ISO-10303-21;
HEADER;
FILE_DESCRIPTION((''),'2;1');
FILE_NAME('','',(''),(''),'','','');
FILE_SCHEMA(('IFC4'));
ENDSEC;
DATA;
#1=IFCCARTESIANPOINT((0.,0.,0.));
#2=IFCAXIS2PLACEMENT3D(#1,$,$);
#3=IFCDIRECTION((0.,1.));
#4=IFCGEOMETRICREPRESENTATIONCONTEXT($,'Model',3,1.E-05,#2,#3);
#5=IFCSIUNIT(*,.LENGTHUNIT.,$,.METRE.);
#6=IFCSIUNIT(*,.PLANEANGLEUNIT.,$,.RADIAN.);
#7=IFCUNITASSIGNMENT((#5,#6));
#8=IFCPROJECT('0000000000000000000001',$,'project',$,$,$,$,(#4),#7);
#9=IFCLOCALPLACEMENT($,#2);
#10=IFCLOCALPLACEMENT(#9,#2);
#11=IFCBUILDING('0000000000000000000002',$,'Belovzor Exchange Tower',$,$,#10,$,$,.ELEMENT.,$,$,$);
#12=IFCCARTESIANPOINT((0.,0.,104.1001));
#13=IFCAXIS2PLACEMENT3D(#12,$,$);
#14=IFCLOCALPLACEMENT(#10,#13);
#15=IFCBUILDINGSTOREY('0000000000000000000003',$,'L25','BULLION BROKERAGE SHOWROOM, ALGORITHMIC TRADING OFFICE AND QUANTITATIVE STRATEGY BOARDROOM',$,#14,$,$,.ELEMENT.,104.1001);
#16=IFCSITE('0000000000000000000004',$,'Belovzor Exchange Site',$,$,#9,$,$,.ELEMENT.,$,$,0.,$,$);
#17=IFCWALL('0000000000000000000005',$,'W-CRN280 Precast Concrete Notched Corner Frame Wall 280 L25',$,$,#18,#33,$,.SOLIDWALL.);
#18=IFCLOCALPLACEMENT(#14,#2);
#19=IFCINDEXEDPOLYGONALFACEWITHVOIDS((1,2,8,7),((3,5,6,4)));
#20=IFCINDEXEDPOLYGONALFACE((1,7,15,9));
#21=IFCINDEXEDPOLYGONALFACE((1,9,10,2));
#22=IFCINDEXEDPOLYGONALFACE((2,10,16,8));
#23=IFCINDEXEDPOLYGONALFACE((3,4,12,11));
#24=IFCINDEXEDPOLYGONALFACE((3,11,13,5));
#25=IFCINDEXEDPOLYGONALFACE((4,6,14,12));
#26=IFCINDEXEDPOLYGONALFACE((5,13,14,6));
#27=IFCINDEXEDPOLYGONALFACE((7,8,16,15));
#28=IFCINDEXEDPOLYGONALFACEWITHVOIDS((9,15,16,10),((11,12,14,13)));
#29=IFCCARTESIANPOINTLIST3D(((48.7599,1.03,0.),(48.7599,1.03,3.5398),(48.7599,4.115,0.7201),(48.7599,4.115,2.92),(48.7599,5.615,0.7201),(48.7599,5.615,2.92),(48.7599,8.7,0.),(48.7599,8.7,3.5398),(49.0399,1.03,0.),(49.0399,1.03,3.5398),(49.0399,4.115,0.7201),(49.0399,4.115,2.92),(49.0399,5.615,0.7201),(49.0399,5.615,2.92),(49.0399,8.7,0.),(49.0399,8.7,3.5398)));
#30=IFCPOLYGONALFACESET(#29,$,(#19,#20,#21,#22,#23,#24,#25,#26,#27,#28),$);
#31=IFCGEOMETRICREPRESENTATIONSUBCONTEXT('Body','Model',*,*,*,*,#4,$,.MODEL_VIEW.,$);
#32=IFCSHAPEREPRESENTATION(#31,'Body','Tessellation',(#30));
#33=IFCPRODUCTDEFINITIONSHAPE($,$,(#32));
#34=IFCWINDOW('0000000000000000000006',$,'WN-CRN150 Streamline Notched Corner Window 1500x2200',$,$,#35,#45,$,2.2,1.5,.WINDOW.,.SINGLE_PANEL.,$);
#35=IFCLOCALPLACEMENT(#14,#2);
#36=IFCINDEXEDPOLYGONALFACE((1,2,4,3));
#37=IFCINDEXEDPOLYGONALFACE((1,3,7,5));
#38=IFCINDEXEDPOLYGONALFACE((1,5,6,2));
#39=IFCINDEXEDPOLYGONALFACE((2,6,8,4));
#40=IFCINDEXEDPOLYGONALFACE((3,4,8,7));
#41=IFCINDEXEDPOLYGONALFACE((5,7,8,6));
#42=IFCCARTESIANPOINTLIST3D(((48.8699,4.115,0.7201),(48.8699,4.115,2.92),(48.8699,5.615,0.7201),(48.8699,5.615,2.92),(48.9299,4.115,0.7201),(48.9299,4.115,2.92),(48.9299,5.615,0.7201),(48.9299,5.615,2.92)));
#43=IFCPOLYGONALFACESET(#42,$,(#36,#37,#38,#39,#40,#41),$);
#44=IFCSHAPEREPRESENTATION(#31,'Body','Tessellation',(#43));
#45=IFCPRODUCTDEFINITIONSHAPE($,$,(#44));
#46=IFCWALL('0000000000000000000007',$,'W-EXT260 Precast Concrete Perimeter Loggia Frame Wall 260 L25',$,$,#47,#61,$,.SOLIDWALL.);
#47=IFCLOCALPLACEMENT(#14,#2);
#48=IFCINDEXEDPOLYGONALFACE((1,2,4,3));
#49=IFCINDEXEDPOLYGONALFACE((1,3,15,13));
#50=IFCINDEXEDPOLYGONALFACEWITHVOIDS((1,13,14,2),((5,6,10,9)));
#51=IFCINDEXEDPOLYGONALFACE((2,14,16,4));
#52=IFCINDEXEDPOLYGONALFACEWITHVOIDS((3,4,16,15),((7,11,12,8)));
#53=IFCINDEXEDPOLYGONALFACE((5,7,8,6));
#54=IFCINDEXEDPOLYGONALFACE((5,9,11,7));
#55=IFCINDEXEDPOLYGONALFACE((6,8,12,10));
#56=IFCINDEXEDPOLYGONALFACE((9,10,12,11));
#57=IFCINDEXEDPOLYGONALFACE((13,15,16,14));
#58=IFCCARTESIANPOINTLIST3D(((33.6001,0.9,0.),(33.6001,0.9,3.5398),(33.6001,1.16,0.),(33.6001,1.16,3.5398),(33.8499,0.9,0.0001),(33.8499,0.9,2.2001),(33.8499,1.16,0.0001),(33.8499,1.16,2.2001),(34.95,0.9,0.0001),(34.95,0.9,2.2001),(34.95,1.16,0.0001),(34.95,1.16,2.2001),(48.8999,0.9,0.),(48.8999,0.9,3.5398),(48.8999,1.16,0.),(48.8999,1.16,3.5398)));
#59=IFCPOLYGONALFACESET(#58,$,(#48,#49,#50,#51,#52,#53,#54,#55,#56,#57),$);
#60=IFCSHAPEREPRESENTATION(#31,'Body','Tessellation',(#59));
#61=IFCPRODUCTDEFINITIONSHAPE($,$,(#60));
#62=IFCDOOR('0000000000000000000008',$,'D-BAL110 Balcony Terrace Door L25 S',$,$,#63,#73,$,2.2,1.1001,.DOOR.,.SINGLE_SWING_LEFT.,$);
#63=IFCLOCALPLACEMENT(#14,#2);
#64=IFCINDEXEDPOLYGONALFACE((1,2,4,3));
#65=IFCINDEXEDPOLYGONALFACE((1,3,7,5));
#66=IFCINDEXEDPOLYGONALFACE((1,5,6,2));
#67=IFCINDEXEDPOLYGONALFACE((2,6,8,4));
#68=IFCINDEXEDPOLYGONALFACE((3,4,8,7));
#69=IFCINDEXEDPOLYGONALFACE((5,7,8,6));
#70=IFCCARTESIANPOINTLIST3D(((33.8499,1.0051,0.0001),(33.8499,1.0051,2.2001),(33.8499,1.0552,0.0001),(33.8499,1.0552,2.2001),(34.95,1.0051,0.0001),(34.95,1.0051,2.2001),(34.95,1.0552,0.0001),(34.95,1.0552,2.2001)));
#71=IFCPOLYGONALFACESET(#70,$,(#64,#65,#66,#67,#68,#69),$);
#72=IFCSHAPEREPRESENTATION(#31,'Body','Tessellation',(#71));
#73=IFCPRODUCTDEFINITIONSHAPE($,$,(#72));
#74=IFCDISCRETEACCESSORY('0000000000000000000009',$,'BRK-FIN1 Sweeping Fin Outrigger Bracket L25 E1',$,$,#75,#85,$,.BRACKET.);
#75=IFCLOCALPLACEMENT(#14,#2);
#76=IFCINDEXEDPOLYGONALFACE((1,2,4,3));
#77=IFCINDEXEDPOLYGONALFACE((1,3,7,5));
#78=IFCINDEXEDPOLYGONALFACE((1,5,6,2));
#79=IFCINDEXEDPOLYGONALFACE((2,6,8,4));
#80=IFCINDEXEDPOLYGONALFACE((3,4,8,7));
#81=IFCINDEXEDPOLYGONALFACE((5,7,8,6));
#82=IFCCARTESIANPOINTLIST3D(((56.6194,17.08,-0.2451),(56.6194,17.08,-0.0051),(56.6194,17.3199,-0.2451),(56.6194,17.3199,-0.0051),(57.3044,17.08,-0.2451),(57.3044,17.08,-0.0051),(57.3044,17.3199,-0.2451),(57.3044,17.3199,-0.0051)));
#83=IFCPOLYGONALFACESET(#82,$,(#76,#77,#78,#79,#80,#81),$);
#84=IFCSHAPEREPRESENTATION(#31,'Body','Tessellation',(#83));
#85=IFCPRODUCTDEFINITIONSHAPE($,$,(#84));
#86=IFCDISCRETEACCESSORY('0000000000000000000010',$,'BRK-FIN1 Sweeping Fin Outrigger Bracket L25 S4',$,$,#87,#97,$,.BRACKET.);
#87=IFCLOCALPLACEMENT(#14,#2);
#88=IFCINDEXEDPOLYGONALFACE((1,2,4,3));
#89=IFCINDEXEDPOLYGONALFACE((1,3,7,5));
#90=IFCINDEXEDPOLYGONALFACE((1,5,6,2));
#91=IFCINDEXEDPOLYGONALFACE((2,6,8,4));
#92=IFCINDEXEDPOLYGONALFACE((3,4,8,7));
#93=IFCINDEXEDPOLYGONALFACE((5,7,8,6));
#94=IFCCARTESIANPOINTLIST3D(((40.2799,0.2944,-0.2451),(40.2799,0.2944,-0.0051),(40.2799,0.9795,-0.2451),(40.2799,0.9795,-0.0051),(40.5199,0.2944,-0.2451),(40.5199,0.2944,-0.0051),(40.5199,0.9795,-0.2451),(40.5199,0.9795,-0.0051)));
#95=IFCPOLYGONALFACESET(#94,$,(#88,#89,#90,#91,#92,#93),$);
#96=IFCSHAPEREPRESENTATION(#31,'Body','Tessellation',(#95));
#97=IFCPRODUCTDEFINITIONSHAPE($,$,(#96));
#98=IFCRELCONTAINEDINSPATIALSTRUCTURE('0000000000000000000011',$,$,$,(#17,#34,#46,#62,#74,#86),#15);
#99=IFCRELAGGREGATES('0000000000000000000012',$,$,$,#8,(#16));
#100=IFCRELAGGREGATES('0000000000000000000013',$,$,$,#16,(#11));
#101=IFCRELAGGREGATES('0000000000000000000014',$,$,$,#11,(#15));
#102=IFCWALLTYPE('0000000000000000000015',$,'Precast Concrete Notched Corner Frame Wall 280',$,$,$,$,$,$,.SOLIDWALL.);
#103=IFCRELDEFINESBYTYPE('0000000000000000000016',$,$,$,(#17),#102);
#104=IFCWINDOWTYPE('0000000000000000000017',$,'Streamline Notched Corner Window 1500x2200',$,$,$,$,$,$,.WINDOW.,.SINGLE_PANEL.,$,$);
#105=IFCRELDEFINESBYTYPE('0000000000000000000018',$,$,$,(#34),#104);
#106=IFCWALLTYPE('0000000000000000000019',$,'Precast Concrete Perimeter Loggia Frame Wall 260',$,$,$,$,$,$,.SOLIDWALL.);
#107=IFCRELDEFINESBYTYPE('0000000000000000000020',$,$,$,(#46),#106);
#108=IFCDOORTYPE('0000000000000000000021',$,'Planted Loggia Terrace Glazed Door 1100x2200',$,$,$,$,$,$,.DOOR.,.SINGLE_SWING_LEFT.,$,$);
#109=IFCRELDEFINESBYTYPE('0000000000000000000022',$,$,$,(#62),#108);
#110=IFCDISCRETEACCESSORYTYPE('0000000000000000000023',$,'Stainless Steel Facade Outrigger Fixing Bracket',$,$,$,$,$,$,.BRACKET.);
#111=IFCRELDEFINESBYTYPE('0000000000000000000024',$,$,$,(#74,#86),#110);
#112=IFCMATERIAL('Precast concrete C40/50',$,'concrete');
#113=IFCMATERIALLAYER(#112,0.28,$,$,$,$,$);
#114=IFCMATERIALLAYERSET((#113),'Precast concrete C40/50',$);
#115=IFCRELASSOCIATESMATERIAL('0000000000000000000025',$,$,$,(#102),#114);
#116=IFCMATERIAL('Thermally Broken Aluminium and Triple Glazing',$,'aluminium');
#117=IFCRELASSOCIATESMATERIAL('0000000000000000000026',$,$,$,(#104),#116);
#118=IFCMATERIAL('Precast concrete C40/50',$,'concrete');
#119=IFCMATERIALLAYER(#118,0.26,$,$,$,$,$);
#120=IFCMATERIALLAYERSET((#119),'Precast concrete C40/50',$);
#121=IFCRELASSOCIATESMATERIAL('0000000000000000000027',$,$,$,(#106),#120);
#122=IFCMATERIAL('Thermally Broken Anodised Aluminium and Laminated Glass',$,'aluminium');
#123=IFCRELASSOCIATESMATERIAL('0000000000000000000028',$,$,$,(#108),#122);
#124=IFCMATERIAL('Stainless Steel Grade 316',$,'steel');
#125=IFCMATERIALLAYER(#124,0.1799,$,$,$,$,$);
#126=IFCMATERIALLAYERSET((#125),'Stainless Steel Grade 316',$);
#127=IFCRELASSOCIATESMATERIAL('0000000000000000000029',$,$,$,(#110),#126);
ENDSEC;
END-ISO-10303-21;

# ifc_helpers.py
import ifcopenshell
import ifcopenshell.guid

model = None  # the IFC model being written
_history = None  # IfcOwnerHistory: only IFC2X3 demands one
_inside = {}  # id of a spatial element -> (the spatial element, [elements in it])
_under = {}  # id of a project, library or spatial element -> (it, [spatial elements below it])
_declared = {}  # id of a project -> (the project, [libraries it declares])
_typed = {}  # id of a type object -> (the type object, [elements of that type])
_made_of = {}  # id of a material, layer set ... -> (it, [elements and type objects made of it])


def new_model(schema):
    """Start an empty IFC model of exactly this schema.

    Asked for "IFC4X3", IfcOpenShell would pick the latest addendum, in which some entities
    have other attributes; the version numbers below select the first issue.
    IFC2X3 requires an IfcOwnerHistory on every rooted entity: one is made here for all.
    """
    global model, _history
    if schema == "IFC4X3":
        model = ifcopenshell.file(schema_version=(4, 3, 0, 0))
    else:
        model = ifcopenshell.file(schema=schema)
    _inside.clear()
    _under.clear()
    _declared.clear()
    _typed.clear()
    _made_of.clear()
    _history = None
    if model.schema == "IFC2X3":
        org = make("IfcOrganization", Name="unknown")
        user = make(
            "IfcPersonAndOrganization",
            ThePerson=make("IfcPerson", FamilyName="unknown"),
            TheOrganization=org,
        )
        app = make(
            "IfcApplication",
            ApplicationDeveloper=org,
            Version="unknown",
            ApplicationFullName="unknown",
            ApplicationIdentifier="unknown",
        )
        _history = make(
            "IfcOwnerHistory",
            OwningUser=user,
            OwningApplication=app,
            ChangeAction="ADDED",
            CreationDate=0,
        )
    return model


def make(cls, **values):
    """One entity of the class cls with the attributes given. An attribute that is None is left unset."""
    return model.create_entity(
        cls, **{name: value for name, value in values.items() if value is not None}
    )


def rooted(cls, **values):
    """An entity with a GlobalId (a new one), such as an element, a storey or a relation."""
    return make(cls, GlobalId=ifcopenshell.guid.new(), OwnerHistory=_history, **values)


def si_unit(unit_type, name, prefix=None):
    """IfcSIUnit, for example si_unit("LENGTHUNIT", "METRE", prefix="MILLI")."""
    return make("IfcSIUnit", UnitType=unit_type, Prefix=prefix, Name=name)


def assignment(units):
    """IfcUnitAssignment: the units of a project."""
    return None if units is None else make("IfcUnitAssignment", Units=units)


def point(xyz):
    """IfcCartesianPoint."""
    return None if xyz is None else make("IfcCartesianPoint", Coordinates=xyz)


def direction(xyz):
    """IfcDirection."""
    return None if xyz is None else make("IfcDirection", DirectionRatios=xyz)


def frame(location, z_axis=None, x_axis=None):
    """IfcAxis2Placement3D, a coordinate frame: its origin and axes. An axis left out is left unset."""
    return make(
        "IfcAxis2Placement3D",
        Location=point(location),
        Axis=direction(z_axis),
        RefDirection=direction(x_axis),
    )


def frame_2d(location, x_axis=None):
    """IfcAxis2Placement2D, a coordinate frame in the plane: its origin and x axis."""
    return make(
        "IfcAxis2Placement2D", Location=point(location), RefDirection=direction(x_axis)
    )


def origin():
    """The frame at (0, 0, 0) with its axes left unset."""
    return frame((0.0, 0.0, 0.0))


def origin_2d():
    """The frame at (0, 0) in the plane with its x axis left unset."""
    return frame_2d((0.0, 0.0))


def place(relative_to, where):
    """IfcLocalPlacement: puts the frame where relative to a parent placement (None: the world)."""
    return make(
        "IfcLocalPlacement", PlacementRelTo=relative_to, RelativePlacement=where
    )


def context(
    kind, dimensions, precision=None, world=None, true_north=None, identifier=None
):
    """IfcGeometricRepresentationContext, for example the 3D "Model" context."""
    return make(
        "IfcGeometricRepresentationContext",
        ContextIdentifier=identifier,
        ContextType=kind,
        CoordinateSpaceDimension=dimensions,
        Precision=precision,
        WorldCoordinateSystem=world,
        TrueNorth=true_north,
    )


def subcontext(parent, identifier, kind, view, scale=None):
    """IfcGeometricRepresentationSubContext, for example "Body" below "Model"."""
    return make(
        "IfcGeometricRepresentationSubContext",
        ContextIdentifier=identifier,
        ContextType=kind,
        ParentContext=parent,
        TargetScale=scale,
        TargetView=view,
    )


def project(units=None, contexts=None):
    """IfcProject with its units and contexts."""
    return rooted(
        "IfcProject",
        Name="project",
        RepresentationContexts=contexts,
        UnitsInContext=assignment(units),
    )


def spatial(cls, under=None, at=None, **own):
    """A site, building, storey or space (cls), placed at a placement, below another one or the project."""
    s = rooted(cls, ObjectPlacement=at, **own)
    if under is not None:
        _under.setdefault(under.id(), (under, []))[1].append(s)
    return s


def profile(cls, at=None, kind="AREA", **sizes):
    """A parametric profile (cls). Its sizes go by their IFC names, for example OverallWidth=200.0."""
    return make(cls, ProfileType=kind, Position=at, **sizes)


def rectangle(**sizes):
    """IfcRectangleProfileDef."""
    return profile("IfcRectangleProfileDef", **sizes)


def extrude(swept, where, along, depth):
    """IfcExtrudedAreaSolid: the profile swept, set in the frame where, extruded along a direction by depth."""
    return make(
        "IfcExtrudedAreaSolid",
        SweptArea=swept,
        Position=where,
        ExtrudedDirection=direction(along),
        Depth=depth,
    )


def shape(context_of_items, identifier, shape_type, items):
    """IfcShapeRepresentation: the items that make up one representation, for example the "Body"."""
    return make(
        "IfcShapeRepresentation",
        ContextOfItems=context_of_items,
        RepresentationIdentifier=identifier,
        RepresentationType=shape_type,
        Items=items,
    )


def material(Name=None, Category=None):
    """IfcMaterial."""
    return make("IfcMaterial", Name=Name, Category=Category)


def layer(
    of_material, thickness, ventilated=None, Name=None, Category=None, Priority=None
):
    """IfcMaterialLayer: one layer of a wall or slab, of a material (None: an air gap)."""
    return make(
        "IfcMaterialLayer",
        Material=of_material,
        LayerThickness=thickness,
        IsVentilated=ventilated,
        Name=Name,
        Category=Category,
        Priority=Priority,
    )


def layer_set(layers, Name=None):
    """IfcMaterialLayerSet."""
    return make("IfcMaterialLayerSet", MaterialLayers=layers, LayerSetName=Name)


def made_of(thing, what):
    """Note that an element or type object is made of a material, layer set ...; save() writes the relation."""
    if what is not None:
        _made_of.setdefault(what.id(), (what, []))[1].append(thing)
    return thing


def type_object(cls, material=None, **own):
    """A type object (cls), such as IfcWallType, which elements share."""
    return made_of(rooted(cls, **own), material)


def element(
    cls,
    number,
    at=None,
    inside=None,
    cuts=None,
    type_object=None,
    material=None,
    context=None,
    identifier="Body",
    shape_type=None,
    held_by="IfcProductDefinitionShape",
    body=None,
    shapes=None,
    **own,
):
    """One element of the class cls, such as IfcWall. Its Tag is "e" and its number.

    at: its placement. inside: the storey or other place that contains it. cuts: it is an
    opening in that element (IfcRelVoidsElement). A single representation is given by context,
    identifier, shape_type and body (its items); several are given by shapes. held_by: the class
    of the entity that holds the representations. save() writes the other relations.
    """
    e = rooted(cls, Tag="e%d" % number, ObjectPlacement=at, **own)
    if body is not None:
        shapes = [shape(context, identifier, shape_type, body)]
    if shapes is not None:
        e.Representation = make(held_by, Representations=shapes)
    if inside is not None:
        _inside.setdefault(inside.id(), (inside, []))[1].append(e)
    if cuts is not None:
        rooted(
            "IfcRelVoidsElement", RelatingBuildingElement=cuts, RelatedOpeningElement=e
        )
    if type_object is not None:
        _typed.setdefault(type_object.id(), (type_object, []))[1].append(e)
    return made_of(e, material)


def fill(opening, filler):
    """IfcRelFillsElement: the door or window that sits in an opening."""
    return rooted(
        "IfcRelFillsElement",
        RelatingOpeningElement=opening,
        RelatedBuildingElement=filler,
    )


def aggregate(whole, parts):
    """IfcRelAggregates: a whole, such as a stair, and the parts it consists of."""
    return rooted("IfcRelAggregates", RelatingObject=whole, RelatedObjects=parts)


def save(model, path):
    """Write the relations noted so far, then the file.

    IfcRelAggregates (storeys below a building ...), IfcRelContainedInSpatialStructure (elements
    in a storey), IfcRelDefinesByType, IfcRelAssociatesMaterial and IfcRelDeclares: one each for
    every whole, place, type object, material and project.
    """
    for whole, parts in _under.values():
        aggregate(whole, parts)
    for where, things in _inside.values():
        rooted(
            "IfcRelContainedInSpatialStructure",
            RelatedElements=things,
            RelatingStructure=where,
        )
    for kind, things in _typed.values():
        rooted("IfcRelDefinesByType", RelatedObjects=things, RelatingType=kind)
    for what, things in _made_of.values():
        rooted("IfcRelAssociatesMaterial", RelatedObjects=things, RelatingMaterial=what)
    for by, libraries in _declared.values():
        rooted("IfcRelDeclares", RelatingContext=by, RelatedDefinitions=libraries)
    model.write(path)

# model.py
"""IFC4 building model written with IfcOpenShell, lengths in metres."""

from ifc_helpers import new_model, si_unit, direction, frame, frame_2d, origin, origin_2d, place, context, subcontext, project, spatial, rectangle, extrude, material, layer, layer_set, type_object, element, fill, save


model = new_model("IFC4")

# Units and contexts
model_context = context("Model", 3, precision=1e-05, world=origin(), true_north=direction((0.0, 1.0)))
body_context = subcontext(model_context, "Body", "Model", "MODEL_VIEW")
ifc_project = project(units=[si_unit("LENGTHUNIT", "METRE"), si_unit("PLANEANGLEUNIT", "RADIAN")], contexts=[model_context])

# Site, building, storey
site_placement = place(None, origin())
site = spatial("IfcSite", under=ifc_project, at=site_placement, Name="Belovzor Exchange Site", CompositionType="ELEMENT", RefElevation=0.0)
building_placement = place(site_placement, origin())
building = spatial("IfcBuilding", under=site, at=building_placement, Name="Belovzor Exchange Tower", CompositionType="ELEMENT")
storey_placement = place(building_placement, frame((0.0, 0.0, 104.1001)))
storey = spatial("IfcBuildingStorey", under=building, at=storey_placement, Name="L25", Description="BULLION BROKERAGE SHOWROOM, ALGORITHMIC TRADING OFFICE AND QUANTITATIVE STRATEGY BOARDROOM", CompositionType="ELEMENT", Elevation=104.1001)

# Wall, opening, window
ifc_material_1 = material(Name="Precast concrete C40/50", Category="concrete")
ifc_layer_1 = layer(ifc_material_1, 0.28)
ifc_layer_set_1 = layer_set([ifc_layer_1], Name="Precast concrete C40/50")
wall_type_1 = type_object("IfcWallType", Name="Precast Concrete Notched Corner Frame Wall 280", PredefinedType="SOLIDWALL", material=ifc_layer_set_1)
ifc_material_2 = material(Name="Thermally Broken Aluminium and Triple Glazing", Category="aluminium")
window_type = type_object("IfcWindowType", Name="Streamline Notched Corner Window 1500x2200", PartitioningType="SINGLE_PANEL", PredefinedType="WINDOW", material=ifc_material_2)
wall_1_placement = place(storey_placement, frame((48.8999, 8.7, 0.0), z_axis=(0.0, 0.0, 1.0), x_axis=(0.0, -1.0, 0.0)))
wall_1 = element("IfcWall", 1, at=wall_1_placement, inside=storey, type_object=wall_type_1, Name="W-CRN280 Precast Concrete Notched Corner Frame Wall 280 L25", PredefinedType="SOLIDWALL", context=body_context, shape_type="SweptSolid", body=[
    extrude(rectangle(XDim=7.6699, YDim=0.28, at=frame_2d((3.835, 0.0))), origin(), (0.0, 0.0, 1.0), 3.5398),
])
opening_1_placement = place(wall_1_placement, frame((3.085, 0.0, 0.72)))
opening_1 = element("IfcOpeningElement", 2, at=opening_1_placement, cuts=wall_1, PredefinedType="OPENING", context=body_context, shape_type="SweptSolid", body=[
    extrude(rectangle(XDim=1.5, YDim=2.2, at=frame_2d((0.75, 1.1001))), frame((0.0, 0.1499, 0.0), z_axis=(0.0, -1.0, 0.0), x_axis=(1.0, 0.0, 0.0)), (0.0, 0.0, 1.0), 0.3),
])
window_1_placement = place(opening_1_placement, origin())
window_1 = element("IfcWindow", 3, at=window_1_placement, inside=storey, type_object=window_type, Name="WN-CRN150 Streamline Notched Corner Window 1500x2200", OverallHeight=2.2, OverallWidth=1.5, PartitioningType="SINGLE_PANEL", PredefinedType="WINDOW", context=body_context, shape_type="SweptSolid", body=[
    extrude(rectangle(XDim=1.5, YDim=2.2, at=frame_2d((0.75, 1.1001))), frame((0.0, 0.03, 0.0), z_axis=(0.0, -1.0, 0.0), x_axis=(1.0, 0.0, 0.0)), (0.0, 0.0, 1.0), 0.0601),
])
fill(opening_1, window_1)

# Wall, opening, door
ifc_material_3 = material(Name="Precast concrete C40/50", Category="concrete")
ifc_layer_2 = layer(ifc_material_3, 0.26)
ifc_layer_set_2 = layer_set([ifc_layer_2], Name="Precast concrete C40/50")
wall_type_2 = type_object("IfcWallType", Name="Precast Concrete Perimeter Loggia Frame Wall 260", PredefinedType="SOLIDWALL", material=ifc_layer_set_2)
wall_2_placement = place(storey_placement, frame((48.8999, 1.03, 0.0), z_axis=(0.0, 0.0, 1.0), x_axis=(-1.0, 0.0, 0.0)))
wall_2 = element("IfcWall", 4, at=wall_2_placement, inside=storey, type_object=wall_type_2, Name="W-EXT260 Precast Concrete Perimeter Loggia Frame Wall 260 L25", PredefinedType="SOLIDWALL", context=body_context, shape_type="SweptSolid", body=[
    extrude(rectangle(XDim=15.2998, YDim=0.26, at=frame_2d((7.6499, 0.0))), origin(), (0.0, 0.0, 1.0), 3.5398),
])
opening_2_placement = place(wall_2_placement, frame((13.95, 0.0, 0.0)))
opening_2 = element("IfcOpeningElement", 5, at=opening_2_placement, cuts=wall_2, PredefinedType="OPENING", context=body_context, shape_type="SweptSolid", body=[
    extrude(rectangle(XDim=1.1001, YDim=2.2, at=frame_2d((0.55, 1.1001))), frame((0.0, 0.1399, 0.0), z_axis=(0.0, -1.0, 0.0), x_axis=(1.0, 0.0, 0.0)), (0.0, 0.0, 1.0), 0.28),
])
ifc_material_4 = material(Name="Thermally Broken Anodised Aluminium and Laminated Glass", Category="aluminium")
door_type_1 = type_object("IfcDoorType", Name="Planted Loggia Terrace Glazed Door 1100x2200", OperationType="SINGLE_SWING_LEFT", PredefinedType="DOOR", material=ifc_material_4)
door_1_placement = place(opening_2_placement, origin())
door_1 = element("IfcDoor", 6, at=door_1_placement, inside=storey, type_object=door_type_1, Name="D-BAL110 Balcony Terrace Door L25 S", OperationType="SINGLE_SWING_LEFT", OverallHeight=2.2, OverallWidth=1.1001, PredefinedType="DOOR", context=body_context, shape_type="SweptSolid", body=[
    extrude(rectangle(XDim=1.1001, YDim=2.2, at=frame_2d((0.55, 1.1001))), frame((0.0, 0.0249, 0.0), z_axis=(0.0, -1.0, 0.0), x_axis=(1.0, 0.0, 0.0)), (0.0, 0.0, 1.0), 0.05),
])
fill(opening_2, door_1)

# Discrete accessories
ifc_material_5 = material(Name="Stainless Steel Grade 316", Category="steel")
ifc_layer_3 = layer(ifc_material_5, 0.1799)
ifc_layer_set_3 = layer_set([ifc_layer_3], Name="Stainless Steel Grade 316")
discrete_accessory_type = type_object("IfcDiscreteAccessoryType", Name="Stainless Steel Facade Outrigger Fixing Bracket", PredefinedType="BRACKET", material=ifc_layer_set_3)
for number, where, z_axis, x_axis, name in (
    (7, (56.9619, 17.2, -0.2451), (0.0, 0.0, 1.0), (1.0, 0.0, 0.0), "BRK-FIN1 Sweeping Fin Outrigger Bracket L25 E1"),
    (8, (40.3999, 0.637, -0.2451), (0.0, 0.0, 1.0), (0.0, 1.0, 0.0), "BRK-FIN1 Sweeping Fin Outrigger Bracket L25 S4"),
):
    element("IfcDiscreteAccessory", number, at=place(storey_placement, frame(where, z_axis=z_axis, x_axis=x_axis)), inside=storey, type_object=discrete_accessory_type, Name=name, PredefinedType="BRACKET", context=body_context, shape_type="SweptSolid", body=[
        extrude(rectangle(XDim=0.6851, YDim=0.24, at=origin_2d()), origin(), (0.0, 0.0, 1.0), 0.24),
    ])

save(model, "model.ifc")
